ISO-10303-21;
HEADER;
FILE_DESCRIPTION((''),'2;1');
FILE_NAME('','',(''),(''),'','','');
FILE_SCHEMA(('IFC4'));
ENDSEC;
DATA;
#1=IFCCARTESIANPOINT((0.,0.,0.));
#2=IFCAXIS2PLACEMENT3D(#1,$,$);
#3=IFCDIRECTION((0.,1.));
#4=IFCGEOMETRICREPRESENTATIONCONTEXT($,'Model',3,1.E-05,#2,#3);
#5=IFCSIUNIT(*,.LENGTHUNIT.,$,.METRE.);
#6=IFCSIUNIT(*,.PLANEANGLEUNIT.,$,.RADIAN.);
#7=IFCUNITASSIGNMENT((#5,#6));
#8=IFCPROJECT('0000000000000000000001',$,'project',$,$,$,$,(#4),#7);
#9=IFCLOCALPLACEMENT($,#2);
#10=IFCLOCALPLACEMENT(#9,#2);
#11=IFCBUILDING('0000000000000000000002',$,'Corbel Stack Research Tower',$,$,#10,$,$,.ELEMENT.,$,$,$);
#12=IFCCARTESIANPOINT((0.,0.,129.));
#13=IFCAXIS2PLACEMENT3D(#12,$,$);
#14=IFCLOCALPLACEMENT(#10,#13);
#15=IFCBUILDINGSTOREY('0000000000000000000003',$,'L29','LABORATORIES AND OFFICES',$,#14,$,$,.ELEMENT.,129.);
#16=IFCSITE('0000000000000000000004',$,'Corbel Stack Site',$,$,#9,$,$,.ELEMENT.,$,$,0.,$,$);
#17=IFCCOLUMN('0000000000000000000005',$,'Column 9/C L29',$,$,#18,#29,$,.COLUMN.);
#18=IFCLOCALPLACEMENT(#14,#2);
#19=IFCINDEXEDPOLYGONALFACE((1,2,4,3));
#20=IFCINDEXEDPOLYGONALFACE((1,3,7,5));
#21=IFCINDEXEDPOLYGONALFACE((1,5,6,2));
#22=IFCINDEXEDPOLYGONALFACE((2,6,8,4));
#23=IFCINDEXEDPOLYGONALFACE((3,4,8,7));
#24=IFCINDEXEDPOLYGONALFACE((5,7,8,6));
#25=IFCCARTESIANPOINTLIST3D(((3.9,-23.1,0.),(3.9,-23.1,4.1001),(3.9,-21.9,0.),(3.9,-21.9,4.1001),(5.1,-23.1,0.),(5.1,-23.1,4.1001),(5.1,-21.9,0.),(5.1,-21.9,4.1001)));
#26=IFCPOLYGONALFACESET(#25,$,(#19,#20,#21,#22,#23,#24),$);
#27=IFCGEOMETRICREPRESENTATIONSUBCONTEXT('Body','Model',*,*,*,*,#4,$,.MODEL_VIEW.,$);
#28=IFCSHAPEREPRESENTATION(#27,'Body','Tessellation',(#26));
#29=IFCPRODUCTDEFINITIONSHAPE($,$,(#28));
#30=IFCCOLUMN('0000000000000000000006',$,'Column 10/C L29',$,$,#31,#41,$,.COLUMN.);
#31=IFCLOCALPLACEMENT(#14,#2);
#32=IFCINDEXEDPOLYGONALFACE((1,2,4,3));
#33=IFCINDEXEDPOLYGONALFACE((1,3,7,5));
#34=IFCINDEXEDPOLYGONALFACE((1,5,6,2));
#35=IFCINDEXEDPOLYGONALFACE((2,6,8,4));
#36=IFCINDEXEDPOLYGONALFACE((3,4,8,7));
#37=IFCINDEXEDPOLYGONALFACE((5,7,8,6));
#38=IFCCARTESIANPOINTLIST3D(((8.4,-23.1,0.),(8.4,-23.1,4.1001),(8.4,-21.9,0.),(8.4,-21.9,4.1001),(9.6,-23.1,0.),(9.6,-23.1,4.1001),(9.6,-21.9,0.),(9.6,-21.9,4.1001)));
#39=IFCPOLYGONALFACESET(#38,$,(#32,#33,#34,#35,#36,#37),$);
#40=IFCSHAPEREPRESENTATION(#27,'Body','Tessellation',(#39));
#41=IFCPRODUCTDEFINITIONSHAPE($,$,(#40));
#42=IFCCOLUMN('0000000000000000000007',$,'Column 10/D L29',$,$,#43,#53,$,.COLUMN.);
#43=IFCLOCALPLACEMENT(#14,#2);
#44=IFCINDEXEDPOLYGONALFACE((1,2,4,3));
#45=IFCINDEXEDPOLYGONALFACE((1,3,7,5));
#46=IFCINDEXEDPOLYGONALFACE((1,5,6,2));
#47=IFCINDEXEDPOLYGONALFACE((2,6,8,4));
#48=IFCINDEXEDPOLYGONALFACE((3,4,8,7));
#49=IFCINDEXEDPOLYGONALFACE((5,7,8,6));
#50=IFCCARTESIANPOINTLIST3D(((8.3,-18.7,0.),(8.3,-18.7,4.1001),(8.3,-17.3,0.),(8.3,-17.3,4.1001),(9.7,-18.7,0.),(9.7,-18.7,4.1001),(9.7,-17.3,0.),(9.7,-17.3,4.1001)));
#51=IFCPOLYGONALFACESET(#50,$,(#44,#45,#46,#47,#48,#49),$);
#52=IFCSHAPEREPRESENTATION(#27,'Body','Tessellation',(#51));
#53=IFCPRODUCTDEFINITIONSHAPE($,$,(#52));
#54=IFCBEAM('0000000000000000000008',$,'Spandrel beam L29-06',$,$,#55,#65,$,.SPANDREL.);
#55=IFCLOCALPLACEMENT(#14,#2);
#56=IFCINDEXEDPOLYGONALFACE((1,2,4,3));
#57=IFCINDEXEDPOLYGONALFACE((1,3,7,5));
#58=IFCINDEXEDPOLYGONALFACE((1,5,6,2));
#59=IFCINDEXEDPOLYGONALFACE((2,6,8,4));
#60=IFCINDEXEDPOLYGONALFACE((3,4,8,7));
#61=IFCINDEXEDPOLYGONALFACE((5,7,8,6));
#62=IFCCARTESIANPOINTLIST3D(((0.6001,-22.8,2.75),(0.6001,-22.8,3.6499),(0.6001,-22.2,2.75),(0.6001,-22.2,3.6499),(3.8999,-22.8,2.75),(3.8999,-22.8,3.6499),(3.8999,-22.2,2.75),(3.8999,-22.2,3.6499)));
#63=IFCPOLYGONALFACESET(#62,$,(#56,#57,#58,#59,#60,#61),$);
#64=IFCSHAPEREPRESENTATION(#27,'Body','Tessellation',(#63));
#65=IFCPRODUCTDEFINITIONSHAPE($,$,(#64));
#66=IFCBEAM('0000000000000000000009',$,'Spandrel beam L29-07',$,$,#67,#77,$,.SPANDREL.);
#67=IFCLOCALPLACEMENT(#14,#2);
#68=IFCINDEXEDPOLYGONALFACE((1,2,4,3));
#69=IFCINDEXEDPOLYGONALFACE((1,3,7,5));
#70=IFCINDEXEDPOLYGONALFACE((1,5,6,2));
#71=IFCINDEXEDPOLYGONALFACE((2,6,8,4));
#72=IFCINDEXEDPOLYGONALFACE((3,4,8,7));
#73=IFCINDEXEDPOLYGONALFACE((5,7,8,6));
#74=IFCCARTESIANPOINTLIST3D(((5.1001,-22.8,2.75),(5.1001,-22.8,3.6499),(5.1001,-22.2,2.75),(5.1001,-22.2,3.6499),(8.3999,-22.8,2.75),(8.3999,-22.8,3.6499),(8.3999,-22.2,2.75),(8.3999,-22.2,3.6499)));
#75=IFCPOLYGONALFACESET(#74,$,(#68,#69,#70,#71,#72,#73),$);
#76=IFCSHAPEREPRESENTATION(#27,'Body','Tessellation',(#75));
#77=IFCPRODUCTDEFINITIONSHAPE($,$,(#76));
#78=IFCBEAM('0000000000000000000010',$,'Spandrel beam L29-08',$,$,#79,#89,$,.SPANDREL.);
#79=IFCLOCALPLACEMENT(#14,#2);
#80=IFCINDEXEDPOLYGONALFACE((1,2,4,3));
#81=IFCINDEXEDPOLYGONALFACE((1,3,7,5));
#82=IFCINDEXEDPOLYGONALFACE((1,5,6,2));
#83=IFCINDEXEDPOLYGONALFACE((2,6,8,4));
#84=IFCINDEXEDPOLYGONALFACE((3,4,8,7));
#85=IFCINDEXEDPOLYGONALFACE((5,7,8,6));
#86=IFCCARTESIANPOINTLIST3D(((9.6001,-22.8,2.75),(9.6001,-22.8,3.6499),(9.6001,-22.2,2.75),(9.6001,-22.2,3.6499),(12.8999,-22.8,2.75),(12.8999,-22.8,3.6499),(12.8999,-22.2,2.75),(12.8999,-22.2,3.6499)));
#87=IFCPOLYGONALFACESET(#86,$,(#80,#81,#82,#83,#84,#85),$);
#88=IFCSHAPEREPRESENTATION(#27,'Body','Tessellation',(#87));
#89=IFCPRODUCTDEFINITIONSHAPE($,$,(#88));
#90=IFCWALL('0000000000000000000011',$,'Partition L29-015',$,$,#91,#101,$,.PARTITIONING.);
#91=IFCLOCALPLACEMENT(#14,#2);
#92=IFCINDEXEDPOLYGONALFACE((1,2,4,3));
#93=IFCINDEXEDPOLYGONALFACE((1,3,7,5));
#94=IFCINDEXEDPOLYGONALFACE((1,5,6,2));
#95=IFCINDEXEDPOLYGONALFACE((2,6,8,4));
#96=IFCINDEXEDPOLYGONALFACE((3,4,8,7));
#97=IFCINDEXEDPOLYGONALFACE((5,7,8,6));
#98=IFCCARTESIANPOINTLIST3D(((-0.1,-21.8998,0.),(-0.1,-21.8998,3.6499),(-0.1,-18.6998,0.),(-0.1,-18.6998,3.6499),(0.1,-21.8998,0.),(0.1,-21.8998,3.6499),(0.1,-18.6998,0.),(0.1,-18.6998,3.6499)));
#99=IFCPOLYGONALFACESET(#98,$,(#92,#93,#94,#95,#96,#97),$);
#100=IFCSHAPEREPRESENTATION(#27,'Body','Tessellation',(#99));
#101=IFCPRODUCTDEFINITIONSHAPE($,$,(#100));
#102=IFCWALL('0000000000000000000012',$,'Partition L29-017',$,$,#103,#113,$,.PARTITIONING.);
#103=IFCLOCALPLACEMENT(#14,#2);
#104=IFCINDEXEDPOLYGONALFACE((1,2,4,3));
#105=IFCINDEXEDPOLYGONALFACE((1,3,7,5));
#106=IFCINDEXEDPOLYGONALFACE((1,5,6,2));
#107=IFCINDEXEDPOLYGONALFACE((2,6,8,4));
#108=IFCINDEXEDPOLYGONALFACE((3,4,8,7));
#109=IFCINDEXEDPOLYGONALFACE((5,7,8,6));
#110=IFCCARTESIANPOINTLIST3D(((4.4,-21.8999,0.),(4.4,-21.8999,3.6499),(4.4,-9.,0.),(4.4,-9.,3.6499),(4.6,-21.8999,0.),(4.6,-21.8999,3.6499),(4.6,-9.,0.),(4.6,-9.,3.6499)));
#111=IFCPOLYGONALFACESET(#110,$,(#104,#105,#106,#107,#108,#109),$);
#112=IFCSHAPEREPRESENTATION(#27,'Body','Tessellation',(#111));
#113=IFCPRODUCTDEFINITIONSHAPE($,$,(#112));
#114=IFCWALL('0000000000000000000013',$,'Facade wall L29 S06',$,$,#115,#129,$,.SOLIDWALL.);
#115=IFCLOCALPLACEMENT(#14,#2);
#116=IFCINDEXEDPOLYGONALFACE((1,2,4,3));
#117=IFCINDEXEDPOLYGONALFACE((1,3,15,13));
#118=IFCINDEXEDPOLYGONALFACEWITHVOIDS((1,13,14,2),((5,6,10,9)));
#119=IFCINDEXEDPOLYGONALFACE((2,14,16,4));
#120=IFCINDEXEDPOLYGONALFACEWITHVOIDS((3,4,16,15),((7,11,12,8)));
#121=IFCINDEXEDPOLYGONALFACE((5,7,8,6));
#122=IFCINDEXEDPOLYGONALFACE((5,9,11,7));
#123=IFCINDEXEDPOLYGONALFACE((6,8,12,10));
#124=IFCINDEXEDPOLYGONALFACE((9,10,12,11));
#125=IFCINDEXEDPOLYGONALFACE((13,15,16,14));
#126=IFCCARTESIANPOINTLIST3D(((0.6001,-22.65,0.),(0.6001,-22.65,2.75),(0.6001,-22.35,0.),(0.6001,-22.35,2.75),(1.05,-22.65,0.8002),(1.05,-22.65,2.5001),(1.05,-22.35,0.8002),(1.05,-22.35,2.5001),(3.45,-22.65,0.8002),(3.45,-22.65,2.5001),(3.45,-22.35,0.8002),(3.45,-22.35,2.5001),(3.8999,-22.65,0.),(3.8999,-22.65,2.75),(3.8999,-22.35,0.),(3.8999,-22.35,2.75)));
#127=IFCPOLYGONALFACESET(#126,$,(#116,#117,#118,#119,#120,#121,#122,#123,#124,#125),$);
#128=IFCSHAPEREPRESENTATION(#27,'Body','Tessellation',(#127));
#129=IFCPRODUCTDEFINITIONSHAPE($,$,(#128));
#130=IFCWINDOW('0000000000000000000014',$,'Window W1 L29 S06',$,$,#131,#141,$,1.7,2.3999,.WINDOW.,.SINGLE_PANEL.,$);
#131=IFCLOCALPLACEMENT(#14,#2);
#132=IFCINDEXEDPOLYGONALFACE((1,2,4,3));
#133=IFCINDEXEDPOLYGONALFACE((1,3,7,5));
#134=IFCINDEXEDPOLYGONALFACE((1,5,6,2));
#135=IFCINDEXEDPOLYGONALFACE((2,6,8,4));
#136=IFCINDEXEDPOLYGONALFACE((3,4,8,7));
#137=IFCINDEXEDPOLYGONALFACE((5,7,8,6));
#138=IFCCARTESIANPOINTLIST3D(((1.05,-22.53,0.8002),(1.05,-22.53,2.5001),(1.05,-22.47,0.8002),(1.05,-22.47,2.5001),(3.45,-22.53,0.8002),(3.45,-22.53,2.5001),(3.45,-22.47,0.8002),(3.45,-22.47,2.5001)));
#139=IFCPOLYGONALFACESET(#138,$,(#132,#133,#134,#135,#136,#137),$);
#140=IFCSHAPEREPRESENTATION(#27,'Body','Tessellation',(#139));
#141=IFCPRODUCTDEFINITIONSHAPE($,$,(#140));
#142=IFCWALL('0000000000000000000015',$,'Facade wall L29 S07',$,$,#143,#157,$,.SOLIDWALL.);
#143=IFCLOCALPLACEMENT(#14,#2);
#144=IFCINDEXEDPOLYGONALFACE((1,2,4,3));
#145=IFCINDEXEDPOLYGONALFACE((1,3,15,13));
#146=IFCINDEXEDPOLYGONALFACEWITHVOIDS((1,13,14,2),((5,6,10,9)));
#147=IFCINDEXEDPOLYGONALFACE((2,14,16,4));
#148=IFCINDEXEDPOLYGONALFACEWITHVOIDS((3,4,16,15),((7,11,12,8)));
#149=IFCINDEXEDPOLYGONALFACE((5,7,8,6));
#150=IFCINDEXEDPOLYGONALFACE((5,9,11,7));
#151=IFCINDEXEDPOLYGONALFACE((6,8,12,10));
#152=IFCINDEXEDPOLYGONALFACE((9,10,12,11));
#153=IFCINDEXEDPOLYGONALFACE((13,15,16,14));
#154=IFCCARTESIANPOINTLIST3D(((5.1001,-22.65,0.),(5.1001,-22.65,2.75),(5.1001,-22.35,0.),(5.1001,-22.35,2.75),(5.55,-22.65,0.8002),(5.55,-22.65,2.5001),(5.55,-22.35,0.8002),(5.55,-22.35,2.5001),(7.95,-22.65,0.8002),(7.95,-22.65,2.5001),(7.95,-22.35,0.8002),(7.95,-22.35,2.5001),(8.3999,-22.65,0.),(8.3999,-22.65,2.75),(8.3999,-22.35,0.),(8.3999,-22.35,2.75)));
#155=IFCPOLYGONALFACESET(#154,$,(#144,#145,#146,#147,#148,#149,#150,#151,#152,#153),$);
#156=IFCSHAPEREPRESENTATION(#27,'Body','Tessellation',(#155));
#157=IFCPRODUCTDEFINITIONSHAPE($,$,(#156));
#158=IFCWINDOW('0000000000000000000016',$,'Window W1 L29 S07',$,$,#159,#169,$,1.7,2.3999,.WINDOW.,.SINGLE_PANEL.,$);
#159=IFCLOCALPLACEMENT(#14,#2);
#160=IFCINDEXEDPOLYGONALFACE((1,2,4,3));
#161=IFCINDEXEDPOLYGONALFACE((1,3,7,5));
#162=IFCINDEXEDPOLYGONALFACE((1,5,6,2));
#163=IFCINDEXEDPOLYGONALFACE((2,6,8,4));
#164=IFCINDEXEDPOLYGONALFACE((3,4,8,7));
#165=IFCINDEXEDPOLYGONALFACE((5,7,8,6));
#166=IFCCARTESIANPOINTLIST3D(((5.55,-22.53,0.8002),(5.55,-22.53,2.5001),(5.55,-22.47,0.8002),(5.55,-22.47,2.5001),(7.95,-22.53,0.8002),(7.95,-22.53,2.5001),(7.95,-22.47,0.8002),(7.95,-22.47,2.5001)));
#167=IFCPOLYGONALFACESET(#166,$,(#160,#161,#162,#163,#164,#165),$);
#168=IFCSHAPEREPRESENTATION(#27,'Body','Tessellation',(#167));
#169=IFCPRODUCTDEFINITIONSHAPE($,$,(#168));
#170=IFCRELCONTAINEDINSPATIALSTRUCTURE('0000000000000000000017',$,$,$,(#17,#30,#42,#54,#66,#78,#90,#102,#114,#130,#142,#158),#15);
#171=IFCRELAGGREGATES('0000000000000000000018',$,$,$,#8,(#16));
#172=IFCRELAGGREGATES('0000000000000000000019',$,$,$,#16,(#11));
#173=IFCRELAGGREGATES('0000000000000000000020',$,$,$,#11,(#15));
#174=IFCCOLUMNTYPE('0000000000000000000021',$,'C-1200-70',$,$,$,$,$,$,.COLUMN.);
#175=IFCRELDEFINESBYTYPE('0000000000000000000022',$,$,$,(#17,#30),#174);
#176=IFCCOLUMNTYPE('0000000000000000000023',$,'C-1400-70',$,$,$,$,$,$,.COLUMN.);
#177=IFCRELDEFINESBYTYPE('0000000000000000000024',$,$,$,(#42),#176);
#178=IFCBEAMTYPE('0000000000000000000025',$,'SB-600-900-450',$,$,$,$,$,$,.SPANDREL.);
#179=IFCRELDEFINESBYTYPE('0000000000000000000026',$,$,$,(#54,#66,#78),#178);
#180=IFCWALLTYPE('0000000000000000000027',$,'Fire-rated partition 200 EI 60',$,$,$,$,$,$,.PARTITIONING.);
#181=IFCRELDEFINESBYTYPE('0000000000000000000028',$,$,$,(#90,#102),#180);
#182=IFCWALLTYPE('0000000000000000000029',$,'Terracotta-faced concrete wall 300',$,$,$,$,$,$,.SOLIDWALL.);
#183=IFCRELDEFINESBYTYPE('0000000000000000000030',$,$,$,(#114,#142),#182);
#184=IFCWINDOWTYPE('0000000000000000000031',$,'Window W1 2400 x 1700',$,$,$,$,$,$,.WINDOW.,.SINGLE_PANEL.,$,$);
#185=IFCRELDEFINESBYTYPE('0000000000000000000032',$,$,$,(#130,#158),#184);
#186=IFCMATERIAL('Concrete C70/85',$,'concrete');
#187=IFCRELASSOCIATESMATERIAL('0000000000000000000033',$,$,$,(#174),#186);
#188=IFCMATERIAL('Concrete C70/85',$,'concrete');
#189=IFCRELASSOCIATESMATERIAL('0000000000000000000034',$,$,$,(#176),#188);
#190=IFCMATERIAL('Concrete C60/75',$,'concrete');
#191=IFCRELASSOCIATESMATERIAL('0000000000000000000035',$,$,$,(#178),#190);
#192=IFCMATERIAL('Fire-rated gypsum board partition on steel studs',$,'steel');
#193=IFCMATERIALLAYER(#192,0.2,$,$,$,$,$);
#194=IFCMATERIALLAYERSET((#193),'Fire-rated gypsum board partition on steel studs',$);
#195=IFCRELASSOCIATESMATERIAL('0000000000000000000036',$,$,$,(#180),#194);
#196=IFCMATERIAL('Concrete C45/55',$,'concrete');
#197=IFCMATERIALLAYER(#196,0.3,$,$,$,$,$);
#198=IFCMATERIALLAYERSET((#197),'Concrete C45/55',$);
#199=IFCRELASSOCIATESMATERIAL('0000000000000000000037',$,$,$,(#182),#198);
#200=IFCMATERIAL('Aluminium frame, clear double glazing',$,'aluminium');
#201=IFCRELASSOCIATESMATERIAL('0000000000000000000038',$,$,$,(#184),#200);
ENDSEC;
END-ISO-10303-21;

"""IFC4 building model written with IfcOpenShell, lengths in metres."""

from ifc_helpers import new_model, si_unit, direction, frame, frame_2d, origin, origin_2d, place, context, subcontext, project, spatial, rectangle, extrude, material, layer, layer_set, material_profile, profile_set, type_object, element, fill, save


model = new_model("IFC4")

# Units and contexts
model_context = context("Model", 3, precision=1e-05, world=origin(), true_north=direction((0.0, 1.0)))
body_context = subcontext(model_context, "Body", "Model", "MODEL_VIEW")
ifc_project = project(units=[si_unit("LENGTHUNIT", "METRE"), si_unit("PLANEANGLEUNIT", "RADIAN")], contexts=[model_context])

# Site, building, storey
site_placement = place(None, origin())
site = spatial("IfcSite", under=ifc_project, at=site_placement, Name="Corbel Stack Site", CompositionType="ELEMENT", RefElevation=0.0)
building_placement = place(site_placement, origin())
building = spatial("IfcBuilding", under=site, at=building_placement, Name="Corbel Stack Research Tower", CompositionType="ELEMENT")
storey_placement = place(building_placement, frame((0.0, 0.0, 129.0)))
storey = spatial("IfcBuildingStorey", under=building, at=storey_placement, Name="L29", Description="LABORATORIES AND OFFICES", CompositionType="ELEMENT", Elevation=129.0)

# Columns
ifc_material_1 = material(Name="Concrete C70/85", Category="concrete")
ifc_material_profile_1 = material_profile(ifc_material_1, rectangle(XDim=1.2, YDim=1.2, at=origin_2d()), Name="RC 1200 x 1200")
ifc_profile_set_1 = profile_set([ifc_material_profile_1], Name="Concrete C70/85")
column_type_1 = type_object("IfcColumnType", Name="C-1200-70", PredefinedType="COLUMN", material=ifc_profile_set_1)
for number, where, z_axis, x_axis, name in (
    (1, (4.5, -22.5, 0.0), (0.0, 0.0, 1.0), (1.0, 0.0, 0.0), "Column 9/C L29"),
    (2, (9.0, -22.5, 0.0), (0.0, 0.0, 1.0), (1.0, 0.0, 0.0), "Column 10/C L29"),
):
    element("IfcColumn", number, at=place(storey_placement, frame(where, z_axis=z_axis, x_axis=x_axis)), inside=storey, type_object=column_type_1, Name=name, PredefinedType="COLUMN", context=body_context, shape_type="SweptSolid", body=[
        extrude(rectangle(XDim=1.2, YDim=1.2, at=origin_2d()), origin(), (0.0, 0.0, 1.0), 4.1001),
    ])
ifc_material_2 = material(Name="Concrete C70/85", Category="concrete")
ifc_material_profile_2 = material_profile(ifc_material_2, rectangle(XDim=1.3999, YDim=1.3999, at=origin_2d()), Name="RC 1400 x 1400")
ifc_profile_set_2 = profile_set([ifc_material_profile_2], Name="Concrete C70/85")
column_type_2 = type_object("IfcColumnType", Name="C-1400-70", PredefinedType="COLUMN", material=ifc_profile_set_2)
column_placement = place(storey_placement, frame((9.0, -18.0, 0.0), z_axis=(0.0, 0.0, 1.0), x_axis=(1.0, 0.0, 0.0)))
element("IfcColumn", 3, at=column_placement, inside=storey, type_object=column_type_2, Name="Column 10/D L29", PredefinedType="COLUMN", context=body_context, shape_type="SweptSolid", body=[
    extrude(rectangle(XDim=1.3999, YDim=1.3999, at=origin_2d()), origin(), (0.0, 0.0, 1.0), 4.1001),
])

# Beams
ifc_material_3 = material(Name="Concrete C60/75", Category="concrete")
ifc_material_profile_3 = material_profile(ifc_material_3, rectangle(XDim=0.6001, YDim=0.8999, at=origin_2d()), Name="RC 600 x 900")
ifc_profile_set_3 = profile_set([ifc_material_profile_3], Name="Concrete C60/75")
beam_type = type_object("IfcBeamType", Name="SB-600-900-450", PredefinedType="SPANDREL", material=ifc_profile_set_3)
for number, where, z_axis, x_axis, name in (
    (4, (0.6001, -22.5, 3.2), (1.0, 0.0, 0.0), (0.0, 1.0, 0.0), "Spandrel beam L29-06"),
    (5, (5.1001, -22.5, 3.2), (1.0, 0.0, 0.0), (0.0, 1.0, 0.0), "Spandrel beam L29-07"),
    (6, (9.6001, -22.5, 3.2), (1.0, 0.0, 0.0), (0.0, 1.0, 0.0), "Spandrel beam L29-08"),
):
    element("IfcBeam", number, at=place(storey_placement, frame(where, z_axis=z_axis, x_axis=x_axis)), inside=storey, type_object=beam_type, Name=name, PredefinedType="SPANDREL", context=body_context, shape_type="SweptSolid", body=[
        extrude(rectangle(XDim=0.6001, YDim=0.8999, at=origin_2d()), origin(), (0.0, 0.0, 1.0), 3.2998),
    ])

# Walls
ifc_material_4 = material(Name="Fire-rated gypsum board partition on steel studs", Category="steel")
ifc_layer_1 = layer(ifc_material_4, 0.2)
ifc_layer_set_1 = layer_set([ifc_layer_1], Name="Fire-rated gypsum board partition on steel studs")
wall_type_1 = type_object("IfcWallType", Name="Fire-rated partition 200 EI 60", PredefinedType="PARTITIONING", material=ifc_layer_set_1)
wall_1_placement = place(storey_placement, frame((0.0, -21.8999, 0.0), z_axis=(0.0, 0.0, 1.0), x_axis=(0.0, 1.0, 0.0)))
element("IfcWall", 7, at=wall_1_placement, inside=storey, type_object=wall_type_1, Name="Partition L29-015", PredefinedType="PARTITIONING", context=body_context, shape_type="SweptSolid", body=[
    extrude(rectangle(XDim=3.2, YDim=0.2, at=frame_2d((1.6001, 0.0))), origin(), (0.0, 0.0, 1.0), 3.6499),
])
wall_2_placement = place(storey_placement, frame((4.5, -21.8999, 0.0), z_axis=(0.0, 0.0, 1.0), x_axis=(0.0, 1.0, 0.0)))
element("IfcWall", 8, at=wall_2_placement, inside=storey, type_object=wall_type_1, Name="Partition L29-017", PredefinedType="PARTITIONING", context=body_context, shape_type="SweptSolid", body=[
    extrude(rectangle(XDim=12.8999, YDim=0.2, at=frame_2d((6.45, 0.0))), origin(), (0.0, 0.0, 1.0), 3.6499),
])

# Walls, openings, windows
ifc_material_5 = material(Name="Concrete C45/55", Category="concrete")
ifc_layer_2 = layer(ifc_material_5, 0.3)
ifc_layer_set_2 = layer_set([ifc_layer_2], Name="Concrete C45/55")
wall_type_2 = type_object("IfcWallType", Name="Terracotta-faced concrete wall 300", PredefinedType="SOLIDWALL", material=ifc_layer_set_2)
wall_3_placement = place(storey_placement, frame((3.8999, -22.5, 0.0), z_axis=(0.0, 0.0, 1.0), x_axis=(-1.0, 0.0, 0.0)))
wall_3 = element("IfcWall", 9, at=wall_3_placement, inside=storey, type_object=wall_type_2, Name="Facade wall L29 S06", PredefinedType="SOLIDWALL", context=body_context, shape_type="SweptSolid", body=[
    extrude(rectangle(XDim=3.2998, YDim=0.3, at=frame_2d((1.6499, 0.0))), origin(), (0.0, 0.0, 1.0), 2.75),
])
opening_1_placement = place(wall_3_placement, frame((0.45, 0.0, 0.8)))
opening_1 = element("IfcOpeningElement", 10, at=opening_1_placement, cuts=wall_3, PredefinedType="OPENING", context=body_context, shape_type="SweptSolid", body=[
    extrude(rectangle(XDim=2.3999, YDim=1.7, at=frame_2d((1.2, 0.8501))), frame((0.0, 0.1599, 0.0), z_axis=(0.0, -1.0, 0.0), x_axis=(1.0, 0.0, 0.0)), (0.0, 0.0, 1.0), 0.3201),
])
ifc_material_6 = material(Name="Aluminium frame, clear double glazing", Category="aluminium")
window_type = type_object("IfcWindowType", Name="Window W1 2400 x 1700", PartitioningType="SINGLE_PANEL", PredefinedType="WINDOW", material=ifc_material_6)
window_1_placement = place(opening_1_placement, origin())
window_1 = element("IfcWindow", 11, at=window_1_placement, inside=storey, type_object=window_type, Name="Window W1 L29 S06", OverallHeight=1.7, OverallWidth=2.3999, PartitioningType="SINGLE_PANEL", PredefinedType="WINDOW", context=body_context, shape_type="SweptSolid", body=[
    extrude(rectangle(XDim=2.3999, YDim=1.7, at=frame_2d((1.2, 0.8501))), frame((0.0, 0.03, 0.0), z_axis=(0.0, -1.0, 0.0), x_axis=(1.0, 0.0, 0.0)), (0.0, 0.0, 1.0), 0.0601),
])
fill(opening_1, window_1)
wall_4_placement = place(storey_placement, frame((8.3999, -22.5, 0.0), z_axis=(0.0, 0.0, 1.0), x_axis=(-1.0, 0.0, 0.0)))
wall_4 = element("IfcWall", 12, at=wall_4_placement, inside=storey, type_object=wall_type_2, Name="Facade wall L29 S07", PredefinedType="SOLIDWALL", context=body_context, shape_type="SweptSolid", body=[
    extrude(rectangle(XDim=3.2998, YDim=0.3, at=frame_2d((1.6499, 0.0))), origin(), (0.0, 0.0, 1.0), 2.75),
])
opening_2_placement = place(wall_4_placement, frame((0.45, 0.0, 0.8)))
opening_2 = element("IfcOpeningElement", 13, at=opening_2_placement, cuts=wall_4, PredefinedType="OPENING", context=body_context, shape_type="SweptSolid", body=[
    extrude(rectangle(XDim=2.3999, YDim=1.7, at=frame_2d((1.2, 0.8501))), frame((0.0, 0.1599, 0.0), z_axis=(0.0, -1.0, 0.0), x_axis=(1.0, 0.0, 0.0)), (0.0, 0.0, 1.0), 0.3201),
])
window_2_placement = place(opening_2_placement, origin())
window_2 = element("IfcWindow", 14, at=window_2_placement, inside=storey, type_object=window_type, Name="Window W1 L29 S07", OverallHeight=1.7, OverallWidth=2.3999, PartitioningType="SINGLE_PANEL", PredefinedType="WINDOW", context=body_context, shape_type="SweptSolid", body=[
    extrude(rectangle(XDim=2.3999, YDim=1.7, at=frame_2d((1.2, 0.8501))), frame((0.0, 0.03, 0.0), z_axis=(0.0, -1.0, 0.0), x_axis=(1.0, 0.0, 0.0)), (0.0, 0.0, 1.0), 0.0601),
])
fill(opening_2, window_2)

save(model, "model.ifc")
